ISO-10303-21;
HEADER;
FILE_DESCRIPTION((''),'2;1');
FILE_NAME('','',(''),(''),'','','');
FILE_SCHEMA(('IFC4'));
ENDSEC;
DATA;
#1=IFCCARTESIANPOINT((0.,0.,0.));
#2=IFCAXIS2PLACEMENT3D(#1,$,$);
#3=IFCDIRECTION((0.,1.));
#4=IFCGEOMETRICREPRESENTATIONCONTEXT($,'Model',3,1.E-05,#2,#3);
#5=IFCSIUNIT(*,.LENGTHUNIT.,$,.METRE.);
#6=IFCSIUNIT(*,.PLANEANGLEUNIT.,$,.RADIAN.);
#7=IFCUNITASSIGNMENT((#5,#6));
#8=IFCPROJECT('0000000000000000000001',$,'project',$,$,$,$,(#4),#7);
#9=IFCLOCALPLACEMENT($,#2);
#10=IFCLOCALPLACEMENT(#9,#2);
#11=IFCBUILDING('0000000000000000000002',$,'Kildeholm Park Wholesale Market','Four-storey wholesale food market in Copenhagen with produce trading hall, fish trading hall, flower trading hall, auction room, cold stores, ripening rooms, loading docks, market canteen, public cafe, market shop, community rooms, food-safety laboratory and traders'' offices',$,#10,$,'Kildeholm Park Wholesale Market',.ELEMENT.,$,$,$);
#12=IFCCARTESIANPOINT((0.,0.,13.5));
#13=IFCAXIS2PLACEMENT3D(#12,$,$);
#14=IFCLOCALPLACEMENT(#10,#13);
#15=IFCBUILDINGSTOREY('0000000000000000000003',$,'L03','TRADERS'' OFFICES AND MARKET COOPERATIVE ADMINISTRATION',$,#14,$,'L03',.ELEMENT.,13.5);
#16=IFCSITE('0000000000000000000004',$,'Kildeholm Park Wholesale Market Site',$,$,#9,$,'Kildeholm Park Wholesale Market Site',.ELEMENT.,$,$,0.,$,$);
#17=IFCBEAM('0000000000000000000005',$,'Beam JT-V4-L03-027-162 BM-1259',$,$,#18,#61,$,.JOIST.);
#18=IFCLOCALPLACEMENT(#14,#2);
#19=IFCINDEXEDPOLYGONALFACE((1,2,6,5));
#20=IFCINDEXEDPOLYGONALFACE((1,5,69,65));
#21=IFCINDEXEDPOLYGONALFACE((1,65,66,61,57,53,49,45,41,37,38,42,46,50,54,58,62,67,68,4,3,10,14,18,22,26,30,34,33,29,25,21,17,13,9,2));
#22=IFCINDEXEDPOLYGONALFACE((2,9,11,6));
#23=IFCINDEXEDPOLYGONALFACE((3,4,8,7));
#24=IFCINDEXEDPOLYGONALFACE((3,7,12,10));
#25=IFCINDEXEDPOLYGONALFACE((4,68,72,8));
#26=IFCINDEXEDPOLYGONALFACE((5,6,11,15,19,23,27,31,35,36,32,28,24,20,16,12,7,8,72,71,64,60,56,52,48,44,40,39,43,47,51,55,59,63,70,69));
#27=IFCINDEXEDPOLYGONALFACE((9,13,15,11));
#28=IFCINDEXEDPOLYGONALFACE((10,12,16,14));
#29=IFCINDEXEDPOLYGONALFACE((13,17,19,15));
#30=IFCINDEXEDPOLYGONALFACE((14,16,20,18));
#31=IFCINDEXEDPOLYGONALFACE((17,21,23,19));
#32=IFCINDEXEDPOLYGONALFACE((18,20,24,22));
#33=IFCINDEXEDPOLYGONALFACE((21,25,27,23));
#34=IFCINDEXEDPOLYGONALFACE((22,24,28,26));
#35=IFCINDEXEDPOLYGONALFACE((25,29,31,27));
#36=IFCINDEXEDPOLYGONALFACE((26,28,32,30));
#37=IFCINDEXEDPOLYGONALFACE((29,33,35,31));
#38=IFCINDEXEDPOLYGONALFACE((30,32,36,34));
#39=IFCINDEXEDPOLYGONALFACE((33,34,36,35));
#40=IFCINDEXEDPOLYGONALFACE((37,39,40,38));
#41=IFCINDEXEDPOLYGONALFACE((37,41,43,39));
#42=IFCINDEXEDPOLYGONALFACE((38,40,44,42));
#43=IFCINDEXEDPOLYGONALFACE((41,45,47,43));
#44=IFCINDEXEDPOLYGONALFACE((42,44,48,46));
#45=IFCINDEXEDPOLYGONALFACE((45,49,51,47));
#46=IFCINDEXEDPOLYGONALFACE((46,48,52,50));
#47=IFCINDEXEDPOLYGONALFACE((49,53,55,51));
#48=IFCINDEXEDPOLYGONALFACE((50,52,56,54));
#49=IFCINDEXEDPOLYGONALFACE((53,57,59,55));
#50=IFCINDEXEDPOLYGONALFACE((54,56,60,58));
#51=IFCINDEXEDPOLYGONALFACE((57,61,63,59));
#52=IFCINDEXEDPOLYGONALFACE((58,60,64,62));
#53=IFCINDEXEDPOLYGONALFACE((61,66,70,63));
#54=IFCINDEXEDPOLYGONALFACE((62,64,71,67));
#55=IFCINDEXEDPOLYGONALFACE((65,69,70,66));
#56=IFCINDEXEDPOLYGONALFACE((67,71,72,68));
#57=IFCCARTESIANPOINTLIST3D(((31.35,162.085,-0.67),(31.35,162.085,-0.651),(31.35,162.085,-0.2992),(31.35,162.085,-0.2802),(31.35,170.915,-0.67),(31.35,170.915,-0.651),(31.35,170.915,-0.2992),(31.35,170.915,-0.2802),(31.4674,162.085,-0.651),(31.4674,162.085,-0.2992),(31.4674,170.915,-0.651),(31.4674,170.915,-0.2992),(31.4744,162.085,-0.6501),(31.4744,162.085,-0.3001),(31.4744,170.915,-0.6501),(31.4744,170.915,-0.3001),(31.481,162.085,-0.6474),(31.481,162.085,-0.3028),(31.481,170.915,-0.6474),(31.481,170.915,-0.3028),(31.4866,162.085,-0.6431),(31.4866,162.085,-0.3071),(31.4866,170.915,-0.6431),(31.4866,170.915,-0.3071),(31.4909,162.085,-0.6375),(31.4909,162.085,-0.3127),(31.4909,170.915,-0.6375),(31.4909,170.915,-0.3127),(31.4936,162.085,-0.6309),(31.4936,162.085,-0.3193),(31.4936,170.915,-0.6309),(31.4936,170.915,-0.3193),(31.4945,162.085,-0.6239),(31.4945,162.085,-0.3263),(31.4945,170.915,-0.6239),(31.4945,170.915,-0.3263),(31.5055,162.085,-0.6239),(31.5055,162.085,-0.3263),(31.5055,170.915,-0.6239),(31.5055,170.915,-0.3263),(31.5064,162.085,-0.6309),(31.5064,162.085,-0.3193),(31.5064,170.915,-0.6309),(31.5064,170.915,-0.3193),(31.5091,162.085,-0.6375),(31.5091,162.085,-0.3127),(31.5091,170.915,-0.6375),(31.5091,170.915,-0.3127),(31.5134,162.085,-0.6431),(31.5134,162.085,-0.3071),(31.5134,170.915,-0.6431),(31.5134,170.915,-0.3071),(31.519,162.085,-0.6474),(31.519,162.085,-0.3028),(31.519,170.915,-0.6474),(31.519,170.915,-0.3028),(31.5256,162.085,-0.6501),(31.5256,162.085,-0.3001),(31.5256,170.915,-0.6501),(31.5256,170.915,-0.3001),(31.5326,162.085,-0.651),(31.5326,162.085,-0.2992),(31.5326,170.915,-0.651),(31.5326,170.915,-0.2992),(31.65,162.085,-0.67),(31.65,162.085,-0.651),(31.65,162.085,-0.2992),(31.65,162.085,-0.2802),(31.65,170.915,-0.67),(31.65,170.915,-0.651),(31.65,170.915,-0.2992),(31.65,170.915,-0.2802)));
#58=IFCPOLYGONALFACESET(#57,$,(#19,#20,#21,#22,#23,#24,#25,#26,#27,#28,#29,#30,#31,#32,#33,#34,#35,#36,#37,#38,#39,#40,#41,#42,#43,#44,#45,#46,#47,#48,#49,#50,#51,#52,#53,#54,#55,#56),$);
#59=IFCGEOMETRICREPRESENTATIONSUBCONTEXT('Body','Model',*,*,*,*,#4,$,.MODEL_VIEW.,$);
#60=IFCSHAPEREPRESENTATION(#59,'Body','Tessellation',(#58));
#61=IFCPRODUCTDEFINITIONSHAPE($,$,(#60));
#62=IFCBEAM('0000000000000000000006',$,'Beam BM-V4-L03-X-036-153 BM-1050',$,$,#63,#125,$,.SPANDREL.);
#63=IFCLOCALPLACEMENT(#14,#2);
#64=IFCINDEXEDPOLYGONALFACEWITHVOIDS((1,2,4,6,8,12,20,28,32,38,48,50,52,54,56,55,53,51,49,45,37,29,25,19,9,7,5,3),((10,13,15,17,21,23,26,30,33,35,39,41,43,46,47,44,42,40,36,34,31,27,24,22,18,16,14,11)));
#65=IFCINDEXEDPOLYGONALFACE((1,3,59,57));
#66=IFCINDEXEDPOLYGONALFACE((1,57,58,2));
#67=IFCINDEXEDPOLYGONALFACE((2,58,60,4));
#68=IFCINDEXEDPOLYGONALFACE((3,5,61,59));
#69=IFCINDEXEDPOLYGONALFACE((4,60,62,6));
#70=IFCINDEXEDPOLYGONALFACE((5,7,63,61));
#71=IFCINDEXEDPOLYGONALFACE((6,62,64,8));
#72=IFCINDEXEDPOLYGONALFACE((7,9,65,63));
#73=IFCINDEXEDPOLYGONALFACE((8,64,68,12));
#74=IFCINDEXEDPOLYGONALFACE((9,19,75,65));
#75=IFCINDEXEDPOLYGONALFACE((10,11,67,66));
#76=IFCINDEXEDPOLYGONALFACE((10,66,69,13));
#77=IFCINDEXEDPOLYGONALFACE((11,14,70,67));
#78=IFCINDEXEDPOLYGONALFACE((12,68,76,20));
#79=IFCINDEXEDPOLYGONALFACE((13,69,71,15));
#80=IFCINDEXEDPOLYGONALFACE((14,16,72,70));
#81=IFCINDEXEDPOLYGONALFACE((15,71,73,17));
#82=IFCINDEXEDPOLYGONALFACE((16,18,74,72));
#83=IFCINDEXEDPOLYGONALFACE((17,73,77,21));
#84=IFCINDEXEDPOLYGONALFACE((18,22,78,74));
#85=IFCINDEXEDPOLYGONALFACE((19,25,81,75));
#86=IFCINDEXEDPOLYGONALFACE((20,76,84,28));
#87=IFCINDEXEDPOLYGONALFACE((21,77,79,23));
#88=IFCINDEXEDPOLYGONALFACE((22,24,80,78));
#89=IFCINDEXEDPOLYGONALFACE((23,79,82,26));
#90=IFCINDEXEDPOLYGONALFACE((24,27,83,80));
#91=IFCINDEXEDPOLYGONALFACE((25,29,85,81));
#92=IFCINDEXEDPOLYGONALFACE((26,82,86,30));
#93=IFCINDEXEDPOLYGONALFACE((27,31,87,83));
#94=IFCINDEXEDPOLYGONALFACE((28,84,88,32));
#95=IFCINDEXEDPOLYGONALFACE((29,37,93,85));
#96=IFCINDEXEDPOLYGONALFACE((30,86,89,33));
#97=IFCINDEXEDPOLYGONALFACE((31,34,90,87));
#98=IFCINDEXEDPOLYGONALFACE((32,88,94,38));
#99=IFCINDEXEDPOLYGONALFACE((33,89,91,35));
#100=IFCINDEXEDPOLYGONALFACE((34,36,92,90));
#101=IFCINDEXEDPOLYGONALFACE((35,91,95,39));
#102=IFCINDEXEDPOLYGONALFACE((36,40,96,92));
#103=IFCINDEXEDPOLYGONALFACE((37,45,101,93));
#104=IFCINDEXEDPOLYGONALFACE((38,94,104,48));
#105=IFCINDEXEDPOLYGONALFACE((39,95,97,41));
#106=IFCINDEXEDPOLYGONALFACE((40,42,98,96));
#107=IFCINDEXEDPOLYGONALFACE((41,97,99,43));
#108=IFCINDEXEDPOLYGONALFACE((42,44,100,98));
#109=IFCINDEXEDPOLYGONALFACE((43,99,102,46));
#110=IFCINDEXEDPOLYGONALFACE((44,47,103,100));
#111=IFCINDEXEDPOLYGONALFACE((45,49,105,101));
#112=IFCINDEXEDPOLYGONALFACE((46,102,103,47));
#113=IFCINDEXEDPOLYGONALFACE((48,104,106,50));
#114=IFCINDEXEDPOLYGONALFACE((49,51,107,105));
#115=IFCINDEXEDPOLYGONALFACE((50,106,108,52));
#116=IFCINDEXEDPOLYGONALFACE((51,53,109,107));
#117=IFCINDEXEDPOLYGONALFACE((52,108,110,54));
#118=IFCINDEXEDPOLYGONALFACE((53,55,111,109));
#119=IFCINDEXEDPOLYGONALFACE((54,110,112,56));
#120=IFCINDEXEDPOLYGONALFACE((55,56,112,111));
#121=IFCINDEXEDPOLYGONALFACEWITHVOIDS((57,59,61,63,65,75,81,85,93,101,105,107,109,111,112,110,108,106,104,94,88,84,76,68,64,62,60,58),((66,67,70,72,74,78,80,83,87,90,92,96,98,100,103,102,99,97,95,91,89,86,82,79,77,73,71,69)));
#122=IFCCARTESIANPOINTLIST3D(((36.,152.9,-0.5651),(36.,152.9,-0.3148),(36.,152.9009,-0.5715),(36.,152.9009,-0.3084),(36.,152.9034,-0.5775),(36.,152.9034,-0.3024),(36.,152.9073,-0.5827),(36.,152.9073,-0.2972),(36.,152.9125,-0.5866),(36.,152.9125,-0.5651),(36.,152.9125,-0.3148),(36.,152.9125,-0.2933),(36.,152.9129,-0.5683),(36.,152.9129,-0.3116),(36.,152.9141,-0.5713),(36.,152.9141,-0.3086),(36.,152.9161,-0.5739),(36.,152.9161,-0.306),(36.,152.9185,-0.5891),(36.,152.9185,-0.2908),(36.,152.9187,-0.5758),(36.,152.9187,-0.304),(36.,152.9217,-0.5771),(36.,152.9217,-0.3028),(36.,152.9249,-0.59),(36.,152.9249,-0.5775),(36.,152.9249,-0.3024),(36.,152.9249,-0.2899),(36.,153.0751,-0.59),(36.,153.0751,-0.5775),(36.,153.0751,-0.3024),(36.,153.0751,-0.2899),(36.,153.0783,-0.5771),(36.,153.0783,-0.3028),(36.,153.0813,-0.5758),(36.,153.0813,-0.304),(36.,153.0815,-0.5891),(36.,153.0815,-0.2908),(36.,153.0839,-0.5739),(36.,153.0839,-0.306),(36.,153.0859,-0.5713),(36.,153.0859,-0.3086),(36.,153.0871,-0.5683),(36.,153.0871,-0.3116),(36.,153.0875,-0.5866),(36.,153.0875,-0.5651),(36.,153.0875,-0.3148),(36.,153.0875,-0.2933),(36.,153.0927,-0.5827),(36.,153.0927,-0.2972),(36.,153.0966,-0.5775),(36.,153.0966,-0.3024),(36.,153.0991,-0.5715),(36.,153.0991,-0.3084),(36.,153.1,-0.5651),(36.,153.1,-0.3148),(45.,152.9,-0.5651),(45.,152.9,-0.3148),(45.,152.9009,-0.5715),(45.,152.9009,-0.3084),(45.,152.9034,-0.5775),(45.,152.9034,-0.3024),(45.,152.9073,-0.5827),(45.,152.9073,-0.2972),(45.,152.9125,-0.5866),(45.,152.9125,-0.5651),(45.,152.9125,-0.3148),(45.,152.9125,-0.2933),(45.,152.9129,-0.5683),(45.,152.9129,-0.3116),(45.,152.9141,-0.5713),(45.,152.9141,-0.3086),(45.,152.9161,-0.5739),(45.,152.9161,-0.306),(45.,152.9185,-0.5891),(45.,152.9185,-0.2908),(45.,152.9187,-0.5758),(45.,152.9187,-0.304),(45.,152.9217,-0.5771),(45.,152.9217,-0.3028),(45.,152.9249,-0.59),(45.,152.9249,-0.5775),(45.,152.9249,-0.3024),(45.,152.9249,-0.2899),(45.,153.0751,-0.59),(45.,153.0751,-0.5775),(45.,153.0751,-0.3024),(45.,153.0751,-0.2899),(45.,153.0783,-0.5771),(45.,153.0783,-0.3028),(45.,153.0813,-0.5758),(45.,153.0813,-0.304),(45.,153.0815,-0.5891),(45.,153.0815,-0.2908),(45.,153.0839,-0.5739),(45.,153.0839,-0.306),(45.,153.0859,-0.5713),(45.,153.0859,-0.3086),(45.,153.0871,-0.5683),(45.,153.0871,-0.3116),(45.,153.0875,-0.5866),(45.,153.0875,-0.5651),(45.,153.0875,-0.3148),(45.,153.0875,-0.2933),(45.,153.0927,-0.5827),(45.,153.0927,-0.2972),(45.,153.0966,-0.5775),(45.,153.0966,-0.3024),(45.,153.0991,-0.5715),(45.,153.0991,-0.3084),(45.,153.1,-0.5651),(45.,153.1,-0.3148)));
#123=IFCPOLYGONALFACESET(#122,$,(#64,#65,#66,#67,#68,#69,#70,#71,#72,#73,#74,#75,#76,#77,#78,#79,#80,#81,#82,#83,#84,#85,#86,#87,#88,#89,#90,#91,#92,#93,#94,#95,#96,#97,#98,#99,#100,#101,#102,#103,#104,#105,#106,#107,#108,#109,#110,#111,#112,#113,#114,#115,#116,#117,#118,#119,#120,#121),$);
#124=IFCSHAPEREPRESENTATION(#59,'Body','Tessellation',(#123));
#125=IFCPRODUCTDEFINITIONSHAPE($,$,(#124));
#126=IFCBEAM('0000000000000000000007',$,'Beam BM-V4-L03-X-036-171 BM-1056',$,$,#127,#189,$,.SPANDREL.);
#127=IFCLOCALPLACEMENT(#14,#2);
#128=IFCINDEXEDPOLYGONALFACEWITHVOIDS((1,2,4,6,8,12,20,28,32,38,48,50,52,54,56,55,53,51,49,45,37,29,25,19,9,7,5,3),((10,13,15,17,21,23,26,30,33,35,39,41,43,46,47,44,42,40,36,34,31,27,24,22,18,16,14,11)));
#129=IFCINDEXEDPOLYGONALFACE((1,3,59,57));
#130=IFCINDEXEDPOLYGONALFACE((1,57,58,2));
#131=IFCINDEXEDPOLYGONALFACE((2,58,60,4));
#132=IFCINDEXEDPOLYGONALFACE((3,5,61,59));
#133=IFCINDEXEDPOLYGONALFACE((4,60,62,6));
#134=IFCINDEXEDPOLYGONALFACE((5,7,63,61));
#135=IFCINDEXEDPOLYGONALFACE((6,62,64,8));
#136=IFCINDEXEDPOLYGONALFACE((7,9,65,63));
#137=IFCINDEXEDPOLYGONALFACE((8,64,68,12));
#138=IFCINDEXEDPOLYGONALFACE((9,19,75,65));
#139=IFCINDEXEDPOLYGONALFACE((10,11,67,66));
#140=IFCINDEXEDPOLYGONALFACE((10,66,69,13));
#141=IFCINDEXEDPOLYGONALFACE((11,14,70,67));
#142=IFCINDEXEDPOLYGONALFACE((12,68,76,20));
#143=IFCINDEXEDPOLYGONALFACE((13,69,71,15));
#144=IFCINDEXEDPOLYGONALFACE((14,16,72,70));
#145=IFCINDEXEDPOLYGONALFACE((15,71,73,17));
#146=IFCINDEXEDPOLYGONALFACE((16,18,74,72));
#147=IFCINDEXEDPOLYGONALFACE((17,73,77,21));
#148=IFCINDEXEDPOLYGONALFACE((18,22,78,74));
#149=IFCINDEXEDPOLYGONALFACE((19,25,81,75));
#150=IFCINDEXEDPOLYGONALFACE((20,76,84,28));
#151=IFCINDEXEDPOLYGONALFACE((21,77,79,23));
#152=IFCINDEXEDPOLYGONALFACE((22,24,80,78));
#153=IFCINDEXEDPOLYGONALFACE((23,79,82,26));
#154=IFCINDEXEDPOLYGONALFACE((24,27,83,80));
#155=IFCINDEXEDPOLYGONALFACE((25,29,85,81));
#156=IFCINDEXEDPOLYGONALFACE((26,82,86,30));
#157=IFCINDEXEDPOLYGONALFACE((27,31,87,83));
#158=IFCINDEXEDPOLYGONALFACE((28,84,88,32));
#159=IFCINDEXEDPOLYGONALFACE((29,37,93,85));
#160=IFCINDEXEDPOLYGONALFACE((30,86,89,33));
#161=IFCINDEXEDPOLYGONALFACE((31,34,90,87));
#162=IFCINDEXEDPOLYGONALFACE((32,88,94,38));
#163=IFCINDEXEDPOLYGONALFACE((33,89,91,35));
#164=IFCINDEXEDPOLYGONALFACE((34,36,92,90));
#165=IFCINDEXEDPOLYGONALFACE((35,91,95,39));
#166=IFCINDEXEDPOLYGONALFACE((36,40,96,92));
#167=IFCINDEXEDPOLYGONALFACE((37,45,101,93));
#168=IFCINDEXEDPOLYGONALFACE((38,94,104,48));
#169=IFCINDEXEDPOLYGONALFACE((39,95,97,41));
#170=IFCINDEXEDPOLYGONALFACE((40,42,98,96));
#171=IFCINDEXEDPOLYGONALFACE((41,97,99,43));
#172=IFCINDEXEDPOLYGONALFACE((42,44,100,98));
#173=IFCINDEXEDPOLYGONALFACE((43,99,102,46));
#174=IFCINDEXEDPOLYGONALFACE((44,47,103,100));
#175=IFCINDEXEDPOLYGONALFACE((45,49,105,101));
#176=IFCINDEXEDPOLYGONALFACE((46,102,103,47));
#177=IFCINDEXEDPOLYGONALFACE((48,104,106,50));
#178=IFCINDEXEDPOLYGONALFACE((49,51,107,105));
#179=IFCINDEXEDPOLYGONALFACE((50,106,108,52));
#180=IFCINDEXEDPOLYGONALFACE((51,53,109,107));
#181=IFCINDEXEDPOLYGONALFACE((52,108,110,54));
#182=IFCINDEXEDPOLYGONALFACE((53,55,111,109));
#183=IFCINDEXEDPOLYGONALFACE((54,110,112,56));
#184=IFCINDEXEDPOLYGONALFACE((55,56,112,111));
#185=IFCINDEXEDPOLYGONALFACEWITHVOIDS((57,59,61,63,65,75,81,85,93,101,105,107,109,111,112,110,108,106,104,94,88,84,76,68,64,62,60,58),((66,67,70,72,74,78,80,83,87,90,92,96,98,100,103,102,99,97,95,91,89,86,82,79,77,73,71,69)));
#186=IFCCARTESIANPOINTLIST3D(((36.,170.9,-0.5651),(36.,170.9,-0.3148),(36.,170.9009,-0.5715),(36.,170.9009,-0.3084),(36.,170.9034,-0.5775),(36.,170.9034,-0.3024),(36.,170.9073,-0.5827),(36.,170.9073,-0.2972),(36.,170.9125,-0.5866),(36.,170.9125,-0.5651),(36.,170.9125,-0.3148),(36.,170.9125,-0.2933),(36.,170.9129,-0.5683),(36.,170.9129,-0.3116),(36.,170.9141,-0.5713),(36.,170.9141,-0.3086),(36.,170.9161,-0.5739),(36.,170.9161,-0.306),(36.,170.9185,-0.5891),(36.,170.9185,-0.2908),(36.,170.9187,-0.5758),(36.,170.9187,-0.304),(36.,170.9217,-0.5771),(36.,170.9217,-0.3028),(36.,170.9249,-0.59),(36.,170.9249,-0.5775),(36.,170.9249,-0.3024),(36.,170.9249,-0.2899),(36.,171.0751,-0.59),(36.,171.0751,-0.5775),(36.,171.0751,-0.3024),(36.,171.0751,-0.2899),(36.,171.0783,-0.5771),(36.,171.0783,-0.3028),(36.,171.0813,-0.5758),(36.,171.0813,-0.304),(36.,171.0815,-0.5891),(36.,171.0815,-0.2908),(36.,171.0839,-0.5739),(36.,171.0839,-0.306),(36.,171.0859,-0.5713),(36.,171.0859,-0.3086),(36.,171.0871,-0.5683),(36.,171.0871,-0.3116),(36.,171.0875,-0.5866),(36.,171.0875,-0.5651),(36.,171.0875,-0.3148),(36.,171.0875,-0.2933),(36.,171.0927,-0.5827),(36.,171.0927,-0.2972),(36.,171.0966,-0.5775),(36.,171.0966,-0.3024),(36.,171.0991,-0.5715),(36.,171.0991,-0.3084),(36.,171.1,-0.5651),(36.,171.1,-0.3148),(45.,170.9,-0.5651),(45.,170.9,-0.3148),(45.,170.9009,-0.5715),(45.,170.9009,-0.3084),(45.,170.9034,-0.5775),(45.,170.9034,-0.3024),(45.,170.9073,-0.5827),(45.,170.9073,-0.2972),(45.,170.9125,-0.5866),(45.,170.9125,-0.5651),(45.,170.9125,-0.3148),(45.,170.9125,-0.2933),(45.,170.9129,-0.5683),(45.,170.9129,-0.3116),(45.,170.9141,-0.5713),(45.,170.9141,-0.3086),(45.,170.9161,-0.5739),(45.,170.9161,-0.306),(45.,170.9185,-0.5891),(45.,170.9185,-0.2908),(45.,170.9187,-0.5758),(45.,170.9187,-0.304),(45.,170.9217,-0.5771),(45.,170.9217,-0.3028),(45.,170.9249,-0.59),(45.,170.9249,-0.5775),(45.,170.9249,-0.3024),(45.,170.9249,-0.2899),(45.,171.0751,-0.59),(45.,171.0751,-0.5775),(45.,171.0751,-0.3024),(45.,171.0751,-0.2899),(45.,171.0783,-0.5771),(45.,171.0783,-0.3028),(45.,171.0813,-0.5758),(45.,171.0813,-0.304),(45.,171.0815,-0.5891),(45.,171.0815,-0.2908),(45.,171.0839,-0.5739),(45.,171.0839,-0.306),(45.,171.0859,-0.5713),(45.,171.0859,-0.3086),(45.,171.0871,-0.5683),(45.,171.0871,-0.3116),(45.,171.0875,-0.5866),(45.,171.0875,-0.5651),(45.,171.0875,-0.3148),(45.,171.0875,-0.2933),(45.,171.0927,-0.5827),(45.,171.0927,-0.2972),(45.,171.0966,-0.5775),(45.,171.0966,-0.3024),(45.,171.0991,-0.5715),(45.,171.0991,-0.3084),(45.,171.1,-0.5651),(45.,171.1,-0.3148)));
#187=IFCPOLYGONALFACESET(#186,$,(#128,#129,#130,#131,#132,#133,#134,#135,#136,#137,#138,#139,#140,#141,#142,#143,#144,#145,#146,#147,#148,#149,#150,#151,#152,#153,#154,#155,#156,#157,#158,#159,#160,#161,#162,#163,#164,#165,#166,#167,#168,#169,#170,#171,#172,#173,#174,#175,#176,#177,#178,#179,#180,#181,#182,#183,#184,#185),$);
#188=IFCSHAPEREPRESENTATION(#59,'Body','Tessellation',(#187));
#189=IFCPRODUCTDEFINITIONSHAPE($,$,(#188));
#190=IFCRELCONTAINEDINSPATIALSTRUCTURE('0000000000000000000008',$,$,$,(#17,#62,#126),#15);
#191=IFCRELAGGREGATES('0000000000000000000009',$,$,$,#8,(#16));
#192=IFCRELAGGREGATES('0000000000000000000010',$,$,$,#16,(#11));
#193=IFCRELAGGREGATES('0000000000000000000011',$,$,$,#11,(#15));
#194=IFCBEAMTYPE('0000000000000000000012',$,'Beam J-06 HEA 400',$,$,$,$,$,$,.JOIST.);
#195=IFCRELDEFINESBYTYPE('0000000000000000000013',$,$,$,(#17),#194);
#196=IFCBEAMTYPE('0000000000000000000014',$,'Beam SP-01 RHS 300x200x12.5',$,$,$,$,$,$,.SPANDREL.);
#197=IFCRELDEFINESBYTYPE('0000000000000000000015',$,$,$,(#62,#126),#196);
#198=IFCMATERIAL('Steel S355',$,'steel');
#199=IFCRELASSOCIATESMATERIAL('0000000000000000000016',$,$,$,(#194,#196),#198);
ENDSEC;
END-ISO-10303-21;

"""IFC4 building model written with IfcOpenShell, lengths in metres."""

from ifc_helpers import new_model, si_unit, direction, frame, origin, origin_2d, place, context, subcontext, project, spatial, hollow_rectangle, i_section, extrude, material, material_profile, profile_set, type_object, element, save


model = new_model("IFC4")

# Units and contexts
model_context = context("Model", 3, precision=1e-05, world=origin(), true_north=direction((0.0, 1.0)))
body_context = subcontext(model_context, "Body", "Model", "MODEL_VIEW")
ifc_project = project(units=[si_unit("LENGTHUNIT", "METRE"), si_unit("PLANEANGLEUNIT", "RADIAN")], contexts=[model_context])

# Site, building, storey
site_placement = place(None, origin())
site = spatial("IfcSite", under=ifc_project, at=site_placement, Name="Kildeholm Park Wholesale Market Site", LongName="Kildeholm Park Wholesale Market Site", CompositionType="ELEMENT", RefElevation=0.0)
building_placement = place(site_placement, origin())
building = spatial("IfcBuilding", under=site, at=building_placement, Name="Kildeholm Park Wholesale Market", Description="Four-storey wholesale food market in Copenhagen with produce trading hall, fish trading hall, flower trading hall, auction room, cold stores, ripening rooms, loading docks, market canteen, public cafe, market shop, community rooms, food-safety laboratory and traders' offices", LongName="Kildeholm Park Wholesale Market", CompositionType="ELEMENT")
storey_placement = place(building_placement, frame((0.0, 0.0, 13.5)))
storey = spatial("IfcBuildingStorey", under=building, at=storey_placement, Name="L03", Description="TRADERS' OFFICES AND MARKET COOPERATIVE ADMINISTRATION", LongName="L03", CompositionType="ELEMENT", Elevation=13.5)

# Beams
ifc_material_1 = material(Name="Steel S355", Category="steel")
ifc_material_profile_1 = material_profile(ifc_material_1, i_section(OverallWidth=0.3, OverallDepth=0.3899, WebThickness=0.011, FlangeThickness=0.019, FilletRadius=0.0271, at=origin_2d()), Name="HEA 400")
ifc_profile_set_1 = profile_set([ifc_material_profile_1], Name="Steel S355")
beam_type_1 = type_object("IfcBeamType", Name="Beam J-06 HEA 400", PredefinedType="JOIST", material=ifc_profile_set_1)
for number, where, z_axis, x_axis, name in (
    (1, (31.5, 162.085, -0.4751), (0.0, 1.0, 0.0), (-1.0, 0.0, 0.0), "Beam JT-V4-L03-027-162 BM-1259"),
):
    element("IfcBeam", number, at=place(storey_placement, frame(where, z_axis=z_axis, x_axis=x_axis)), inside=storey, type_object=beam_type_1, Name=name, PredefinedType="JOIST", context=body_context, shape_type="SweptSolid", body=[
        extrude(i_section(OverallWidth=0.3, OverallDepth=0.3899, WebThickness=0.011, FlangeThickness=0.019, FilletRadius=0.0271, at=origin_2d()), origin(), (0.0, 0.0, 1.0), 8.8301),
    ])
ifc_material_profile_2 = material_profile(ifc_material_1, hollow_rectangle(XDim=0.2, YDim=0.3, WallThickness=0.0125, InnerFilletRadius=0.0125, OuterFilletRadius=0.0249, at=origin_2d()), Name="RHS 300x200x12.5")
ifc_profile_set_2 = profile_set([ifc_material_profile_2], Name="Steel S355")
beam_type_2 = type_object("IfcBeamType", Name="Beam SP-01 RHS 300x200x12.5", PredefinedType="SPANDREL", material=ifc_profile_set_2)
for number, where, z_axis, x_axis, name in (
    (2, (36.0, 153.0, -0.4399), (1.0, 0.0, 0.0), (0.0, 1.0, 0.0), "Beam BM-V4-L03-X-036-153 BM-1050"),
    (3, (36.0, 171.0, -0.4399), (1.0, 0.0, 0.0), (0.0, 1.0, 0.0), "Beam BM-V4-L03-X-036-171 BM-1056"),
):
    element("IfcBeam", number, at=place(storey_placement, frame(where, z_axis=z_axis, x_axis=x_axis)), inside=storey, type_object=beam_type_2, Name=name, PredefinedType="SPANDREL", context=body_context, shape_type="SweptSolid", body=[
        extrude(hollow_rectangle(XDim=0.2, YDim=0.3, WallThickness=0.0125, InnerFilletRadius=0.0125, OuterFilletRadius=0.0249, at=origin_2d()), origin(), (0.0, 0.0, 1.0), 9.0),
    ])

save(model, "model.ifc")
